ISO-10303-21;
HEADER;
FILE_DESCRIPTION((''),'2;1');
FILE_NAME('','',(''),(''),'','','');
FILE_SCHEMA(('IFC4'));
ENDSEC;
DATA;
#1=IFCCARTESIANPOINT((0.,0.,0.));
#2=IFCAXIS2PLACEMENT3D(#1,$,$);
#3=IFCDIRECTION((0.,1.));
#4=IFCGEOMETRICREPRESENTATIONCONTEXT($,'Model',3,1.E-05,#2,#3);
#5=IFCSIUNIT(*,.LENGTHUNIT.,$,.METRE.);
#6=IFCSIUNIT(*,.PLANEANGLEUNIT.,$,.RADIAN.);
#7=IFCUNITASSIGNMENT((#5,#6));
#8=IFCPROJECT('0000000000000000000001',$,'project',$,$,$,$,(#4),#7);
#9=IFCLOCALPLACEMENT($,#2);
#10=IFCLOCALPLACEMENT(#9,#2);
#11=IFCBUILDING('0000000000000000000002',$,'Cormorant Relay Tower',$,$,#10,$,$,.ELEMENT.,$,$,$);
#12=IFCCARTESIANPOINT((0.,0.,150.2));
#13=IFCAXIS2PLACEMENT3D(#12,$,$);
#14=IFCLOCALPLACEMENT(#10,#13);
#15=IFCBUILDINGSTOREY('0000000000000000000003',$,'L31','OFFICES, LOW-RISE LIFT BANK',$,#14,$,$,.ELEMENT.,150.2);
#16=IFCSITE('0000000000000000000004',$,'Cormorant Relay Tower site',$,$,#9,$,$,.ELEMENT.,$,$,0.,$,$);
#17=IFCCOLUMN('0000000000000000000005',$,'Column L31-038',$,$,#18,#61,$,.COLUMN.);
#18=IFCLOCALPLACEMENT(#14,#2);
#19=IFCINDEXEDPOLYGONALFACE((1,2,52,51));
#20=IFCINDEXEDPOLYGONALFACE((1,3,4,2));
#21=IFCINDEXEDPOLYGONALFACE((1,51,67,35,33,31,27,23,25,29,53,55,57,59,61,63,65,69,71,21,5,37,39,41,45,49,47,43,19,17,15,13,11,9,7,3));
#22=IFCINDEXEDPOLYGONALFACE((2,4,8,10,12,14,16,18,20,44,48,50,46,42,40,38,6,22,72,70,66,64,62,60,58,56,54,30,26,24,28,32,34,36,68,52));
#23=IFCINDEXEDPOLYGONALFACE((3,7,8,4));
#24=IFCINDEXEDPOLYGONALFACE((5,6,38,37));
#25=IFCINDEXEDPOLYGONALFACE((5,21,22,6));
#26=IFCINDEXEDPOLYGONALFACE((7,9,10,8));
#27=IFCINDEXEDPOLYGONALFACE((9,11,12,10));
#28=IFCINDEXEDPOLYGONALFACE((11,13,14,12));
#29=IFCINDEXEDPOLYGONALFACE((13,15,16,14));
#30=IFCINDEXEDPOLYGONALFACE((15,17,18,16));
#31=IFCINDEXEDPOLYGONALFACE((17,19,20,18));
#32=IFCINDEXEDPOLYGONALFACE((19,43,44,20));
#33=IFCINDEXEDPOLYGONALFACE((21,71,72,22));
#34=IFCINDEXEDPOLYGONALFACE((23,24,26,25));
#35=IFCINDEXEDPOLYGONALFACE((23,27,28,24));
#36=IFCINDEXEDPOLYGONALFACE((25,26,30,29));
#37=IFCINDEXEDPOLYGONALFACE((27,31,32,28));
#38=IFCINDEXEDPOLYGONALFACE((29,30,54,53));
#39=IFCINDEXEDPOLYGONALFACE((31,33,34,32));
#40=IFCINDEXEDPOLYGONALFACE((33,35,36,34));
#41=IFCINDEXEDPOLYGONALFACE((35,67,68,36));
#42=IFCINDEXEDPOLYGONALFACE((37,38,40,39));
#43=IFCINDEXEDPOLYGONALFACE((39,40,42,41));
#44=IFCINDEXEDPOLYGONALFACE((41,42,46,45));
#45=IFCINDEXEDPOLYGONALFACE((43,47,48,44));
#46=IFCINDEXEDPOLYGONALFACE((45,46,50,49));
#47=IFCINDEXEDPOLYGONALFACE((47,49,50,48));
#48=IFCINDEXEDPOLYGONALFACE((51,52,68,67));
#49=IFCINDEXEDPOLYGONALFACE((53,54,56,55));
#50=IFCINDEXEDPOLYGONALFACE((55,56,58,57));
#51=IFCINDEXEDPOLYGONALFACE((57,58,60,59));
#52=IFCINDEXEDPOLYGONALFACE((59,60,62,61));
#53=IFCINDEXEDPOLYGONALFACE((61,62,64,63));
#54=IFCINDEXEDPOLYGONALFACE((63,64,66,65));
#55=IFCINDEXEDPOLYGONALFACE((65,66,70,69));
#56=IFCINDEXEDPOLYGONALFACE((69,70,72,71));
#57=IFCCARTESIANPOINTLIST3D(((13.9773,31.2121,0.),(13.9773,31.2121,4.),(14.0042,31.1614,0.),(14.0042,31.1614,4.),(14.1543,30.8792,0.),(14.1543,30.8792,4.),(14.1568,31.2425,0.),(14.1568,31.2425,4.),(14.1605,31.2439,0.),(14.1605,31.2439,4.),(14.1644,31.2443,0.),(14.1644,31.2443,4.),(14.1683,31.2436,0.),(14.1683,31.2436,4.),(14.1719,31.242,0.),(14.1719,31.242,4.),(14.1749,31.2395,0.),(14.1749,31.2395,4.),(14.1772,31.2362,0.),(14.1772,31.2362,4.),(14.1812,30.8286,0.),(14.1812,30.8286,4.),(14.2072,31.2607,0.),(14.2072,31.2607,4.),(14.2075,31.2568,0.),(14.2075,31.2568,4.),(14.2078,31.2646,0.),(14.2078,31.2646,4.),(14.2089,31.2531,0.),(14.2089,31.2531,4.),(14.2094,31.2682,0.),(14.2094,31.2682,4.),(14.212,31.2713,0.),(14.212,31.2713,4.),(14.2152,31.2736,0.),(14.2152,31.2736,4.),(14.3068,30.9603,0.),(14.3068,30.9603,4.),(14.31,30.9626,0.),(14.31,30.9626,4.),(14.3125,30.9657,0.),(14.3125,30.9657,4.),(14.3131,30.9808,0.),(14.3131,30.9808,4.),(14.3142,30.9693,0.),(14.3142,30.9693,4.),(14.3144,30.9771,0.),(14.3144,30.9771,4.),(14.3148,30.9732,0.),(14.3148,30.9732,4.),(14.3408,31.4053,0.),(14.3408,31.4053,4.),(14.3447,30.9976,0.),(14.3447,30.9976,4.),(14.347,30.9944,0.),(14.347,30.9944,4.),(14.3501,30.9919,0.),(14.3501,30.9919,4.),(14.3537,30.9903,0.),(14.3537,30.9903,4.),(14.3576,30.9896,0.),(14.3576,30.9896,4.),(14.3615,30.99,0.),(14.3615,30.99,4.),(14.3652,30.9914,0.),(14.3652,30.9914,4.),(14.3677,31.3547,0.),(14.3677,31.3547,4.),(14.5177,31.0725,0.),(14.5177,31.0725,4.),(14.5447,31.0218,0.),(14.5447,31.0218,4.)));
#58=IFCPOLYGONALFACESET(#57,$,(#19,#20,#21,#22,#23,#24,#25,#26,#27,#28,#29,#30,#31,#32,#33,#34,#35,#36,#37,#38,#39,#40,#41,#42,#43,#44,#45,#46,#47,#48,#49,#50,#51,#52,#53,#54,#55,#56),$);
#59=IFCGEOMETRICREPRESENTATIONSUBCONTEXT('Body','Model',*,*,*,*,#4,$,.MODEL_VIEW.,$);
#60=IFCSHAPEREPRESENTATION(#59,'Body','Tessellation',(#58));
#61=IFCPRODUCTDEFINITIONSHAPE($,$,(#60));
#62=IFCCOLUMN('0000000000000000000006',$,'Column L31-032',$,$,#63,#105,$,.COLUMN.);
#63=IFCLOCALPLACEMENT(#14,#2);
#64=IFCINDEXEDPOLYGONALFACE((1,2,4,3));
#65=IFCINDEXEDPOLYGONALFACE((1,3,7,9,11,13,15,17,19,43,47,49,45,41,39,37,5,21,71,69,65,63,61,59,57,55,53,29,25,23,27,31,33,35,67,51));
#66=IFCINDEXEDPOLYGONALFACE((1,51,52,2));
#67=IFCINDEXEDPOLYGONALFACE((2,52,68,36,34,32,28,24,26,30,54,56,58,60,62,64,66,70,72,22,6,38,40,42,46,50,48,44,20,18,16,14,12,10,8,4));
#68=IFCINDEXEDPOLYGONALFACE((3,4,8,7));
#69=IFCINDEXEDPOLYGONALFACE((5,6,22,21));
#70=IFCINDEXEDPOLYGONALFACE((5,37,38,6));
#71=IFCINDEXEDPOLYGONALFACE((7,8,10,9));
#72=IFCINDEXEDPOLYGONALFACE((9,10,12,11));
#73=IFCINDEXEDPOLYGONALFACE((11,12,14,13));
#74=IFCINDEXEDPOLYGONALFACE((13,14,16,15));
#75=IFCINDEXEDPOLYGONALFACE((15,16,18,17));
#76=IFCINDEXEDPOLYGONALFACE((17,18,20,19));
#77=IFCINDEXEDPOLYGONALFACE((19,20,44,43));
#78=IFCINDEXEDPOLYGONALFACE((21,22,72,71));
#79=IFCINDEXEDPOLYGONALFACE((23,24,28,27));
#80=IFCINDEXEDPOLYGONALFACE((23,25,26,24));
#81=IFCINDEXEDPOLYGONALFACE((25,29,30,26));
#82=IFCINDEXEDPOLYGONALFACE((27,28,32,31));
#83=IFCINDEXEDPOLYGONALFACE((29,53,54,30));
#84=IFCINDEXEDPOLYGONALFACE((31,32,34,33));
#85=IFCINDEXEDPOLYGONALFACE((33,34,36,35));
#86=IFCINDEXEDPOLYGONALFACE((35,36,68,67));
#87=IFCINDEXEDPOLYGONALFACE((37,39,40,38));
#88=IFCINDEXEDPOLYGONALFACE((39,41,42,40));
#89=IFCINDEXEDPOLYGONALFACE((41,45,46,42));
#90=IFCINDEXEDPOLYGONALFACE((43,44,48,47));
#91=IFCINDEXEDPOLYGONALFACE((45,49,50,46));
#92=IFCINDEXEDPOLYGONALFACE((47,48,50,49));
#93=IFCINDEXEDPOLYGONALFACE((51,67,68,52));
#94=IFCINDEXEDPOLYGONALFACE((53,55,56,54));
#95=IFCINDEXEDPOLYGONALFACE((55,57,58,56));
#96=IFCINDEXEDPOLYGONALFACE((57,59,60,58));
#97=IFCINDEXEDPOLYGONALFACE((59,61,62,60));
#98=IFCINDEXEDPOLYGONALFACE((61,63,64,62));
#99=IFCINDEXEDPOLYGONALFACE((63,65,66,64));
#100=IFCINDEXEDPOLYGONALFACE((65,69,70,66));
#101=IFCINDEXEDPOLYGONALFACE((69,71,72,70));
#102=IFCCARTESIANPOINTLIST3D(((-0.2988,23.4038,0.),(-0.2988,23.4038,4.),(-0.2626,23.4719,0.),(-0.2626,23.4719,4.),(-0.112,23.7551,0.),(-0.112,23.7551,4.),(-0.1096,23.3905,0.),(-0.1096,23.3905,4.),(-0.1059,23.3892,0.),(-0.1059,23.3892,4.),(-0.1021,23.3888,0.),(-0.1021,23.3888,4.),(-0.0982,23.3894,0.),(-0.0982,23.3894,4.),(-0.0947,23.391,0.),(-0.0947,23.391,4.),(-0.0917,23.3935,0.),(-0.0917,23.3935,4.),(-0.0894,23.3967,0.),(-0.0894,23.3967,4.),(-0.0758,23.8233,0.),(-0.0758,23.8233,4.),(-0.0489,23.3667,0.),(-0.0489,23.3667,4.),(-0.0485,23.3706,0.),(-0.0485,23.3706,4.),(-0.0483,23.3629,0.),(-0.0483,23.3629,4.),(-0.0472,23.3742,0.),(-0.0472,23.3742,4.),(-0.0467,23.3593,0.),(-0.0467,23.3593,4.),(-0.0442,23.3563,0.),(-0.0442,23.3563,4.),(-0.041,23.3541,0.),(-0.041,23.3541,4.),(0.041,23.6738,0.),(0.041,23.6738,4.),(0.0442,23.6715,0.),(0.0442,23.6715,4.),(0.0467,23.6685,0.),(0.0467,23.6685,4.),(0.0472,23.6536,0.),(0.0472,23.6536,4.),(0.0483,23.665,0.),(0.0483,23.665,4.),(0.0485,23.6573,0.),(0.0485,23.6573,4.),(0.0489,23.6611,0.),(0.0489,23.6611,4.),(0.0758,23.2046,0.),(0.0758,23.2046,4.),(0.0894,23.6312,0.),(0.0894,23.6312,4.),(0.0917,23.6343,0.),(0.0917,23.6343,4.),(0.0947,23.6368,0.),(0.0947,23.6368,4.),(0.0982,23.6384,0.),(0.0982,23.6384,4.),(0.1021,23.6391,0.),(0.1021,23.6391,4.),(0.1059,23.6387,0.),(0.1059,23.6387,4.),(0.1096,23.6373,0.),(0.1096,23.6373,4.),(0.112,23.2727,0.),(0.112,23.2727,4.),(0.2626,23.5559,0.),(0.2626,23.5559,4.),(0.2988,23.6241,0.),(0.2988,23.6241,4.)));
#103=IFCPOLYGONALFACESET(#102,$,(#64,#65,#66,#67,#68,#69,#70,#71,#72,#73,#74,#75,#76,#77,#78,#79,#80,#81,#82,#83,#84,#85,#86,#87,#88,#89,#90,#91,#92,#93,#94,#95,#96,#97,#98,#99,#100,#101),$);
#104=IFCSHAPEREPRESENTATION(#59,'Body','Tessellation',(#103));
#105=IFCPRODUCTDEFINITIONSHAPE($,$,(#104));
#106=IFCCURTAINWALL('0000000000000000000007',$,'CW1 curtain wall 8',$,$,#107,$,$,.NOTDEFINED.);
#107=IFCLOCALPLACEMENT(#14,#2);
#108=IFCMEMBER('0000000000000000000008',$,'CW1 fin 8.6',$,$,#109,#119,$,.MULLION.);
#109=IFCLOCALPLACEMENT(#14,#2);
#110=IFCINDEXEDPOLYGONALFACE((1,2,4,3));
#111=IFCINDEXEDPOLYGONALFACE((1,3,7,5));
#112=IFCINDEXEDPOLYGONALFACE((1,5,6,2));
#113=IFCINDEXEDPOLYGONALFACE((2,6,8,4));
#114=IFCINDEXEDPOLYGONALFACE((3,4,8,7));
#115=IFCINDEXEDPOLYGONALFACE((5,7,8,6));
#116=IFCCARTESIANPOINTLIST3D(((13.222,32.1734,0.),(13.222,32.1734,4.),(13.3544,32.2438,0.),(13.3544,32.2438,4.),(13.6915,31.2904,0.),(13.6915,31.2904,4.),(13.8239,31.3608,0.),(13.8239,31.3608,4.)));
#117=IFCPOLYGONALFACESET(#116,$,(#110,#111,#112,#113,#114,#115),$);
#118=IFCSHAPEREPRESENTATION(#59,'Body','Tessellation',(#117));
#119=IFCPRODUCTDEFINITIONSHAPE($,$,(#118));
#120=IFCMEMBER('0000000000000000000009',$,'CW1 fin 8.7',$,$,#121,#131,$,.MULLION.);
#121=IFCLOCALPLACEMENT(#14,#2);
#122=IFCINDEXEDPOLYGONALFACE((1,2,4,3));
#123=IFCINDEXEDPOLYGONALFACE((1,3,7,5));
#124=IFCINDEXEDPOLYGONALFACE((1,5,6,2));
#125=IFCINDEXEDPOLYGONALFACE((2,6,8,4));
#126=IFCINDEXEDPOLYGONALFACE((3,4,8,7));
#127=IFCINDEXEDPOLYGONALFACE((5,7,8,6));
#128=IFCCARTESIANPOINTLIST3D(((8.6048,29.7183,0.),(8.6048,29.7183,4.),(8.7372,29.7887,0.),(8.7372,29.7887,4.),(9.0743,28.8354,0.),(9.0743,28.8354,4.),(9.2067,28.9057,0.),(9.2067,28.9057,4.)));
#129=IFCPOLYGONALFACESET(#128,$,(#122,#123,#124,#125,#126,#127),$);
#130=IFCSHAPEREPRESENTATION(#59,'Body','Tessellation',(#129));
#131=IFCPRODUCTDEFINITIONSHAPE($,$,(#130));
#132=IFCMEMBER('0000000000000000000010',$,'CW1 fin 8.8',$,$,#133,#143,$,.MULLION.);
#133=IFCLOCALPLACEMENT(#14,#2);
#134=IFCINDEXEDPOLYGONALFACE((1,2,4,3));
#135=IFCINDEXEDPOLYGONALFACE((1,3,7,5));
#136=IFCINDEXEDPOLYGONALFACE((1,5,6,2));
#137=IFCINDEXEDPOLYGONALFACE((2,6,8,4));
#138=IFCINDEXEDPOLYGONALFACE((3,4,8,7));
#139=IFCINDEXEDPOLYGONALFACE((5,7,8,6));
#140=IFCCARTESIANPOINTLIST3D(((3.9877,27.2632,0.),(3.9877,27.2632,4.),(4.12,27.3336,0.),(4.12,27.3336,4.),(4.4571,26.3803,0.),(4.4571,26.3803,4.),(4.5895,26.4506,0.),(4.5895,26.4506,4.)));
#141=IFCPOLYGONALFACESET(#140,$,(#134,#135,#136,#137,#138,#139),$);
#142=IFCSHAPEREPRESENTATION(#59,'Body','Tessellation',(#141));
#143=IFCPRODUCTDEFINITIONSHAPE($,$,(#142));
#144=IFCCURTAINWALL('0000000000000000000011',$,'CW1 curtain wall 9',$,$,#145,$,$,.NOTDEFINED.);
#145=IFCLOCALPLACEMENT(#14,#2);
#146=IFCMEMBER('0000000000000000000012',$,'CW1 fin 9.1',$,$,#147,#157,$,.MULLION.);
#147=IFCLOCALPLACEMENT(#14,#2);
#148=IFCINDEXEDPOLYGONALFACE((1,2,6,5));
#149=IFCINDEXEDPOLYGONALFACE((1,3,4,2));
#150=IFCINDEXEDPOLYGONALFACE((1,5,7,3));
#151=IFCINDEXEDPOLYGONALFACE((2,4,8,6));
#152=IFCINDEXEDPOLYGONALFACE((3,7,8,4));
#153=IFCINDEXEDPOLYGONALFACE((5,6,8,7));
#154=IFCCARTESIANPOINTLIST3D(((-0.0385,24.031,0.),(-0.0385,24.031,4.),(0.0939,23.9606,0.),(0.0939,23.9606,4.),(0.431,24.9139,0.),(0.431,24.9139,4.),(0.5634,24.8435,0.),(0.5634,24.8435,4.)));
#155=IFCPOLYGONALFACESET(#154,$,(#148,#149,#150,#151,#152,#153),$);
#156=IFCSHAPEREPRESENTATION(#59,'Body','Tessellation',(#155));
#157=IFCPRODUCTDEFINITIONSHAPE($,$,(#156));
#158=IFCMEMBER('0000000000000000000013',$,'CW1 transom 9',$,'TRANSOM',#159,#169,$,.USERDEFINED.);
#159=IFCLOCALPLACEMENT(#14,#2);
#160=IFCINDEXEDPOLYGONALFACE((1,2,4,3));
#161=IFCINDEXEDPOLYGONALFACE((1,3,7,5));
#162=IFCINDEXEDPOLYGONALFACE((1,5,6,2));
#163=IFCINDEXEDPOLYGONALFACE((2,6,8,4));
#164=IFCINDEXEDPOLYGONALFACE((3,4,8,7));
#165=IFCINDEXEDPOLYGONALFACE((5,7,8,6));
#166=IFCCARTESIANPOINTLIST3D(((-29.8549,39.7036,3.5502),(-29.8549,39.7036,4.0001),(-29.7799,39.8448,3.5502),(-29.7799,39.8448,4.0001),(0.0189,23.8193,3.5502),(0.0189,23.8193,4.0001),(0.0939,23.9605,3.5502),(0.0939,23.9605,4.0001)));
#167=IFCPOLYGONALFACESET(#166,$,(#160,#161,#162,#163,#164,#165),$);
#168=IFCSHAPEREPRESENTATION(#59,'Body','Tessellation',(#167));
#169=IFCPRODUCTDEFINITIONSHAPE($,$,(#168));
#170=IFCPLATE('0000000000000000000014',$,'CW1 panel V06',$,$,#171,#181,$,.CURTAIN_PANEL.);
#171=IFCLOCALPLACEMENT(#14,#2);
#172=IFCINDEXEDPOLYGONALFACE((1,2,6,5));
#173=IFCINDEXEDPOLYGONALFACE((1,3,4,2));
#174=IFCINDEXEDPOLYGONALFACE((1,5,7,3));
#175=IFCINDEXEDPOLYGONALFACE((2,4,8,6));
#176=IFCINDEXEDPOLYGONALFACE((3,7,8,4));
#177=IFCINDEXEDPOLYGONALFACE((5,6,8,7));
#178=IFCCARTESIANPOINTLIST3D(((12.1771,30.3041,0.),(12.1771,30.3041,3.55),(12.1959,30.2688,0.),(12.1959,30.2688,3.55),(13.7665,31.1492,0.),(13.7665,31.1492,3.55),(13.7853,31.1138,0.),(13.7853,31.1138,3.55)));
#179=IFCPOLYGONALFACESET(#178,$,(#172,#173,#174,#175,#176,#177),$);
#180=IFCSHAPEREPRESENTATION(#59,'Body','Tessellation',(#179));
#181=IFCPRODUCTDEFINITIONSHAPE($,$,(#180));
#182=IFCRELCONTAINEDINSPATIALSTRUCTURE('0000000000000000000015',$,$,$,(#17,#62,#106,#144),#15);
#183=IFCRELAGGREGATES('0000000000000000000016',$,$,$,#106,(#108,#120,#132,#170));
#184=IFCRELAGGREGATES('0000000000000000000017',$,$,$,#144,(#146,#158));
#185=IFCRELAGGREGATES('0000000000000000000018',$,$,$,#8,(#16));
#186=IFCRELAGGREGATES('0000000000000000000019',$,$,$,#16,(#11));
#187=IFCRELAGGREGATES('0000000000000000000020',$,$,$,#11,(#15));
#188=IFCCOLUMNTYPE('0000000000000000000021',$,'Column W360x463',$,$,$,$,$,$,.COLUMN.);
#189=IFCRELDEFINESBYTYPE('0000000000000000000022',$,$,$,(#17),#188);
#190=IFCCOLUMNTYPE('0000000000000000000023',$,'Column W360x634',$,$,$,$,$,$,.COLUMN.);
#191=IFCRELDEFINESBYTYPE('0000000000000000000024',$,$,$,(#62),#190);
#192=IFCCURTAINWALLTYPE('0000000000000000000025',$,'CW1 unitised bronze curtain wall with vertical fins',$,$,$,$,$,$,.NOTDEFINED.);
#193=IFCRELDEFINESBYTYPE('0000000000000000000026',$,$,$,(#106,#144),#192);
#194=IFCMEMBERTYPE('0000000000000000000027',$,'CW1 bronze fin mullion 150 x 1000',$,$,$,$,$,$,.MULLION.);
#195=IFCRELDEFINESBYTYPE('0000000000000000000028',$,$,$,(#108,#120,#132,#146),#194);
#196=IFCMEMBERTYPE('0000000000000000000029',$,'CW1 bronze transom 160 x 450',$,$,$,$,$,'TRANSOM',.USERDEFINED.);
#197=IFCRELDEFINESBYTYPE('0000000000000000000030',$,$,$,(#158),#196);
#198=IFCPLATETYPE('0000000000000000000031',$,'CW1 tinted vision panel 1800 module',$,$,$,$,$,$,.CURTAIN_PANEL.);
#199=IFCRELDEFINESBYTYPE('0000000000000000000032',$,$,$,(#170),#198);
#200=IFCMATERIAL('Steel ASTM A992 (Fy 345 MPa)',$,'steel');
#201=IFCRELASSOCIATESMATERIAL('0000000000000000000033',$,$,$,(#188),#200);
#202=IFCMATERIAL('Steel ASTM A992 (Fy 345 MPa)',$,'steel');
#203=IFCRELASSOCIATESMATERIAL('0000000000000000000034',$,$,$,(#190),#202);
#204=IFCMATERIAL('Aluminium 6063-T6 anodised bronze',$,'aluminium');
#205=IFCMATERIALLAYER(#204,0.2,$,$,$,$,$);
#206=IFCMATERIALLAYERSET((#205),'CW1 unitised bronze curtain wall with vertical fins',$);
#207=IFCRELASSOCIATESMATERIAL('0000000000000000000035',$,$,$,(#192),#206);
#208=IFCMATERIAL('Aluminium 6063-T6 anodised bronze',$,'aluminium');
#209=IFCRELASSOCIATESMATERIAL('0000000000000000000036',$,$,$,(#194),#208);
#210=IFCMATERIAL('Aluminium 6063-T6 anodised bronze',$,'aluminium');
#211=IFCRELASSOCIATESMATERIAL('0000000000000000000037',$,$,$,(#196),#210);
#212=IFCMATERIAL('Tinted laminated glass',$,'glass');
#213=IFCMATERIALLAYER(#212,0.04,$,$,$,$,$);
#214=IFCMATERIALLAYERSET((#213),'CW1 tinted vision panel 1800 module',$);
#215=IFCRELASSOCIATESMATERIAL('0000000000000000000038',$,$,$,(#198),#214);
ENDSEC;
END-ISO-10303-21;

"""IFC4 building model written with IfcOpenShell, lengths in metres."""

from ifc_helpers import new_model, si_unit, direction, frame, origin, origin_2d, place, context, subcontext, project, spatial, rectangle, i_section, extrude, material, layer, layer_set, material_profile, profile_set, type_object, element, aggregate, save


model = new_model("IFC4")

# Units and contexts
model_context = context("Model", 3, precision=1e-05, world=origin(), true_north=direction((0.0, 1.0)))
body_context = subcontext(model_context, "Body", "Model", "MODEL_VIEW")
ifc_project = project(units=[si_unit("LENGTHUNIT", "METRE"), si_unit("PLANEANGLEUNIT", "RADIAN")], contexts=[model_context])

# Site, building, storey
site_placement = place(None, origin())
site = spatial("IfcSite", under=ifc_project, at=site_placement, Name="Cormorant Relay Tower site", CompositionType="ELEMENT", RefElevation=0.0)
building_placement = place(site_placement, origin())
building = spatial("IfcBuilding", under=site, at=building_placement, Name="Cormorant Relay Tower", CompositionType="ELEMENT")
storey_placement = place(building_placement, frame((0.0, 0.0, 150.2)))
storey = spatial("IfcBuildingStorey", under=building, at=storey_placement, Name="L31", Description="OFFICES, LOW-RISE LIFT BANK", CompositionType="ELEMENT", Elevation=150.2)

# Columns
ifc_material_1 = material(Name="Steel ASTM A992 (Fy 345 MPa)", Category="steel")
ifc_material_profile_1 = material_profile(ifc_material_1, i_section(OverallWidth=0.4116, OverallDepth=0.4343, WebThickness=0.0359, FlangeThickness=0.0574, FilletRadius=0.0151, at=origin_2d()), Name="W360x463")
ifc_profile_set_1 = profile_set([ifc_material_profile_1], Name="Steel ASTM A992 (Fy 345 MPa)")
column_type_1 = type_object("IfcColumnType", Name="Column W360x463", PredefinedType="COLUMN", material=ifc_profile_set_1)
for number, where, z_axis, x_axis, name in (
    (1, (14.261, 31.1169, 0.0), (0.0, 0.0, 1.0), (-0.882948, -0.469472, 0.0), "Column L31-038"),
):
    element("IfcColumn", number, at=place(storey_placement, frame(where, z_axis=z_axis, x_axis=x_axis)), inside=storey, type_object=column_type_1, Name=name, PredefinedType="COLUMN", context=body_context, shape_type="SweptSolid", body=[
        extrude(i_section(OverallWidth=0.4116, OverallDepth=0.4343, WebThickness=0.0359, FlangeThickness=0.0574, FilletRadius=0.0151, at=origin_2d()), origin(), (0.0, 0.0, 1.0), 4.0),
    ])
ifc_material_2 = material(Name="Steel ASTM A992 (Fy 345 MPa)", Category="steel")
ifc_material_profile_2 = material_profile(ifc_material_2, i_section(OverallWidth=0.4243, OverallDepth=0.4751, WebThickness=0.0479, FlangeThickness=0.0771, FilletRadius=0.0149, at=origin_2d()), Name="W360x634")
ifc_profile_set_2 = profile_set([ifc_material_profile_2], Name="Steel ASTM A992 (Fy 345 MPa)")
column_type_2 = type_object("IfcColumnType", Name="Column W360x634", PredefinedType="COLUMN", material=ifc_profile_set_2)
column_placement = place(storey_placement, frame((0.0, 23.5139, 0.0), z_axis=(0.0, 0.0, 1.0), x_axis=(-0.882948, 0.469472, 0.0)))
element("IfcColumn", 2, at=column_placement, inside=storey, type_object=column_type_2, Name="Column L31-032", PredefinedType="COLUMN", context=body_context, shape_type="SweptSolid", body=[
    extrude(i_section(OverallWidth=0.4243, OverallDepth=0.4751, WebThickness=0.0479, FlangeThickness=0.0771, FilletRadius=0.0149, at=origin_2d()), origin(), (0.0, 0.0, 1.0), 4.0),
])

# Curtain walls, members
ifc_material_3 = material(Name="Aluminium 6063-T6 anodised bronze", Category="aluminium")
ifc_layer_1 = layer(ifc_material_3, 0.2)
ifc_layer_set_1 = layer_set([ifc_layer_1], Name="CW1 unitised bronze curtain wall with vertical fins")
curtain_wall_type = type_object("IfcCurtainWallType", Name="CW1 unitised bronze curtain wall with vertical fins", PredefinedType="NOTDEFINED", material=ifc_layer_set_1)
curtain_wall_1_placement = place(storey_placement, origin())
curtain_wall_1 = element("IfcCurtainWall", 3, at=curtain_wall_1_placement, inside=storey, type_object=curtain_wall_type, Name="CW1 curtain wall 8", PredefinedType="NOTDEFINED")
ifc_material_4 = material(Name="Aluminium 6063-T6 anodised bronze", Category="aluminium")
ifc_material_profile_3 = material_profile(ifc_material_4, rectangle(XDim=0.1499, YDim=1.0, at=origin_2d()), Name="AL 150x1000")
ifc_profile_set_3 = profile_set([ifc_material_profile_3], Name="Aluminium 6063-T6 anodised bronze")
member_type_1 = type_object("IfcMemberType", Name="CW1 bronze fin mullion 150 x 1000", PredefinedType="MULLION", material=ifc_profile_set_3)
member_1_placement = place(storey_placement, frame((13.5229, 31.7671, 0.0), z_axis=(0.0, 0.0, 1.0), x_axis=(-0.882948, -0.469472, 0.0)))
member_1 = element("IfcMember", 4, at=member_1_placement, type_object=member_type_1, Name="CW1 fin 8.6", PredefinedType="MULLION", context=body_context, shape_type="SweptSolid", body=[
    extrude(rectangle(XDim=0.1499, YDim=1.0, at=origin_2d()), origin(), (0.0, 0.0, 1.0), 4.0),
])
member_2_placement = place(storey_placement, frame((8.9058, 29.312, 0.0), z_axis=(0.0, 0.0, 1.0), x_axis=(-0.882948, -0.469472, 0.0)))
member_2 = element("IfcMember", 5, at=member_2_placement, type_object=member_type_1, Name="CW1 fin 8.7", PredefinedType="MULLION", context=body_context, shape_type="SweptSolid", body=[
    extrude(rectangle(XDim=0.1499, YDim=1.0, at=origin_2d()), origin(), (0.0, 0.0, 1.0), 4.0),
])
member_3_placement = place(storey_placement, frame((4.2886, 26.8569, 0.0), z_axis=(0.0, 0.0, 1.0), x_axis=(-0.882948, -0.469472, 0.0)))
member_3 = element("IfcMember", 6, at=member_3_placement, type_object=member_type_1, Name="CW1 fin 8.8", PredefinedType="MULLION", context=body_context, shape_type="SweptSolid", body=[
    extrude(rectangle(XDim=0.1499, YDim=1.0, at=origin_2d()), origin(), (0.0, 0.0, 1.0), 4.0),
])
curtain_wall_2_placement = place(storey_placement, origin())
curtain_wall_2 = element("IfcCurtainWall", 7, at=curtain_wall_2_placement, inside=storey, type_object=curtain_wall_type, Name="CW1 curtain wall 9", PredefinedType="NOTDEFINED")
member_4_placement = place(storey_placement, frame((0.2625, 24.4373, 0.0), z_axis=(0.0, 0.0, 1.0), x_axis=(-0.882948, 0.469472, 0.0)))
member_4 = element("IfcMember", 8, at=member_4_placement, type_object=member_type_1, Name="CW1 fin 9.1", PredefinedType="MULLION", context=body_context, shape_type="SweptSolid", body=[
    extrude(rectangle(XDim=0.1499, YDim=1.0, at=origin_2d()), origin(), (0.0, 0.0, 1.0), 4.0),
])
ifc_material_5 = material(Name="Aluminium 6063-T6 anodised bronze", Category="aluminium")
ifc_material_profile_4 = material_profile(ifc_material_5, rectangle(XDim=0.1599, YDim=0.45, at=origin_2d()), Name="AL 160x450")
ifc_profile_set_4 = profile_set([ifc_material_profile_4], Name="Aluminium 6063-T6 anodised bronze")
member_type_2 = type_object("IfcMemberType", Name="CW1 bronze transom 160 x 450", ElementType="TRANSOM", PredefinedType="USERDEFINED", material=ifc_profile_set_4)
member_5_placement = place(storey_placement, frame((0.0564, 23.8899, 3.7751), z_axis=(-0.882946, 0.469474, 0.0), x_axis=(-0.469474, -0.882946, 0.0)))
member_5 = element("IfcMember", 9, at=member_5_placement, type_object=member_type_2, Name="CW1 transom 9", ObjectType="TRANSOM", PredefinedType="USERDEFINED", context=body_context, shape_type="SweptSolid", body=[
    extrude(rectangle(XDim=0.1599, YDim=0.45, at=origin_2d()), origin(), (0.0, 0.0, 1.0), 33.8342),
])

# Plate
ifc_material_6 = material(Name="Tinted laminated glass", Category="glass")
ifc_layer_2 = layer(ifc_material_6, 0.04)
ifc_layer_set_2 = layer_set([ifc_layer_2], Name="CW1 tinted vision panel 1800 module")
plate_type = type_object("IfcPlateType", Name="CW1 tinted vision panel 1800 module", PredefinedType="CURTAIN_PANEL", material=ifc_layer_set_2)
plate_1_placement = place(storey_placement, frame((12.9812, 30.709, 0.0), z_axis=(0.0, 0.0, 1.0), x_axis=(-0.882948, -0.469472, 0.0)))
plate_1 = element("IfcPlate", 10, at=plate_1_placement, type_object=plate_type, Name="CW1 panel V06", PredefinedType="CURTAIN_PANEL", context=body_context, shape_type="SweptSolid", body=[
    extrude(rectangle(XDim=1.8, YDim=0.04, at=origin_2d()), origin(), (0.0, 0.0, 1.0), 3.55),
])

aggregate(curtain_wall_1, [member_1, member_2, member_3, plate_1])
aggregate(curtain_wall_2, [member_4, member_5])

save(model, "model.ifc")
